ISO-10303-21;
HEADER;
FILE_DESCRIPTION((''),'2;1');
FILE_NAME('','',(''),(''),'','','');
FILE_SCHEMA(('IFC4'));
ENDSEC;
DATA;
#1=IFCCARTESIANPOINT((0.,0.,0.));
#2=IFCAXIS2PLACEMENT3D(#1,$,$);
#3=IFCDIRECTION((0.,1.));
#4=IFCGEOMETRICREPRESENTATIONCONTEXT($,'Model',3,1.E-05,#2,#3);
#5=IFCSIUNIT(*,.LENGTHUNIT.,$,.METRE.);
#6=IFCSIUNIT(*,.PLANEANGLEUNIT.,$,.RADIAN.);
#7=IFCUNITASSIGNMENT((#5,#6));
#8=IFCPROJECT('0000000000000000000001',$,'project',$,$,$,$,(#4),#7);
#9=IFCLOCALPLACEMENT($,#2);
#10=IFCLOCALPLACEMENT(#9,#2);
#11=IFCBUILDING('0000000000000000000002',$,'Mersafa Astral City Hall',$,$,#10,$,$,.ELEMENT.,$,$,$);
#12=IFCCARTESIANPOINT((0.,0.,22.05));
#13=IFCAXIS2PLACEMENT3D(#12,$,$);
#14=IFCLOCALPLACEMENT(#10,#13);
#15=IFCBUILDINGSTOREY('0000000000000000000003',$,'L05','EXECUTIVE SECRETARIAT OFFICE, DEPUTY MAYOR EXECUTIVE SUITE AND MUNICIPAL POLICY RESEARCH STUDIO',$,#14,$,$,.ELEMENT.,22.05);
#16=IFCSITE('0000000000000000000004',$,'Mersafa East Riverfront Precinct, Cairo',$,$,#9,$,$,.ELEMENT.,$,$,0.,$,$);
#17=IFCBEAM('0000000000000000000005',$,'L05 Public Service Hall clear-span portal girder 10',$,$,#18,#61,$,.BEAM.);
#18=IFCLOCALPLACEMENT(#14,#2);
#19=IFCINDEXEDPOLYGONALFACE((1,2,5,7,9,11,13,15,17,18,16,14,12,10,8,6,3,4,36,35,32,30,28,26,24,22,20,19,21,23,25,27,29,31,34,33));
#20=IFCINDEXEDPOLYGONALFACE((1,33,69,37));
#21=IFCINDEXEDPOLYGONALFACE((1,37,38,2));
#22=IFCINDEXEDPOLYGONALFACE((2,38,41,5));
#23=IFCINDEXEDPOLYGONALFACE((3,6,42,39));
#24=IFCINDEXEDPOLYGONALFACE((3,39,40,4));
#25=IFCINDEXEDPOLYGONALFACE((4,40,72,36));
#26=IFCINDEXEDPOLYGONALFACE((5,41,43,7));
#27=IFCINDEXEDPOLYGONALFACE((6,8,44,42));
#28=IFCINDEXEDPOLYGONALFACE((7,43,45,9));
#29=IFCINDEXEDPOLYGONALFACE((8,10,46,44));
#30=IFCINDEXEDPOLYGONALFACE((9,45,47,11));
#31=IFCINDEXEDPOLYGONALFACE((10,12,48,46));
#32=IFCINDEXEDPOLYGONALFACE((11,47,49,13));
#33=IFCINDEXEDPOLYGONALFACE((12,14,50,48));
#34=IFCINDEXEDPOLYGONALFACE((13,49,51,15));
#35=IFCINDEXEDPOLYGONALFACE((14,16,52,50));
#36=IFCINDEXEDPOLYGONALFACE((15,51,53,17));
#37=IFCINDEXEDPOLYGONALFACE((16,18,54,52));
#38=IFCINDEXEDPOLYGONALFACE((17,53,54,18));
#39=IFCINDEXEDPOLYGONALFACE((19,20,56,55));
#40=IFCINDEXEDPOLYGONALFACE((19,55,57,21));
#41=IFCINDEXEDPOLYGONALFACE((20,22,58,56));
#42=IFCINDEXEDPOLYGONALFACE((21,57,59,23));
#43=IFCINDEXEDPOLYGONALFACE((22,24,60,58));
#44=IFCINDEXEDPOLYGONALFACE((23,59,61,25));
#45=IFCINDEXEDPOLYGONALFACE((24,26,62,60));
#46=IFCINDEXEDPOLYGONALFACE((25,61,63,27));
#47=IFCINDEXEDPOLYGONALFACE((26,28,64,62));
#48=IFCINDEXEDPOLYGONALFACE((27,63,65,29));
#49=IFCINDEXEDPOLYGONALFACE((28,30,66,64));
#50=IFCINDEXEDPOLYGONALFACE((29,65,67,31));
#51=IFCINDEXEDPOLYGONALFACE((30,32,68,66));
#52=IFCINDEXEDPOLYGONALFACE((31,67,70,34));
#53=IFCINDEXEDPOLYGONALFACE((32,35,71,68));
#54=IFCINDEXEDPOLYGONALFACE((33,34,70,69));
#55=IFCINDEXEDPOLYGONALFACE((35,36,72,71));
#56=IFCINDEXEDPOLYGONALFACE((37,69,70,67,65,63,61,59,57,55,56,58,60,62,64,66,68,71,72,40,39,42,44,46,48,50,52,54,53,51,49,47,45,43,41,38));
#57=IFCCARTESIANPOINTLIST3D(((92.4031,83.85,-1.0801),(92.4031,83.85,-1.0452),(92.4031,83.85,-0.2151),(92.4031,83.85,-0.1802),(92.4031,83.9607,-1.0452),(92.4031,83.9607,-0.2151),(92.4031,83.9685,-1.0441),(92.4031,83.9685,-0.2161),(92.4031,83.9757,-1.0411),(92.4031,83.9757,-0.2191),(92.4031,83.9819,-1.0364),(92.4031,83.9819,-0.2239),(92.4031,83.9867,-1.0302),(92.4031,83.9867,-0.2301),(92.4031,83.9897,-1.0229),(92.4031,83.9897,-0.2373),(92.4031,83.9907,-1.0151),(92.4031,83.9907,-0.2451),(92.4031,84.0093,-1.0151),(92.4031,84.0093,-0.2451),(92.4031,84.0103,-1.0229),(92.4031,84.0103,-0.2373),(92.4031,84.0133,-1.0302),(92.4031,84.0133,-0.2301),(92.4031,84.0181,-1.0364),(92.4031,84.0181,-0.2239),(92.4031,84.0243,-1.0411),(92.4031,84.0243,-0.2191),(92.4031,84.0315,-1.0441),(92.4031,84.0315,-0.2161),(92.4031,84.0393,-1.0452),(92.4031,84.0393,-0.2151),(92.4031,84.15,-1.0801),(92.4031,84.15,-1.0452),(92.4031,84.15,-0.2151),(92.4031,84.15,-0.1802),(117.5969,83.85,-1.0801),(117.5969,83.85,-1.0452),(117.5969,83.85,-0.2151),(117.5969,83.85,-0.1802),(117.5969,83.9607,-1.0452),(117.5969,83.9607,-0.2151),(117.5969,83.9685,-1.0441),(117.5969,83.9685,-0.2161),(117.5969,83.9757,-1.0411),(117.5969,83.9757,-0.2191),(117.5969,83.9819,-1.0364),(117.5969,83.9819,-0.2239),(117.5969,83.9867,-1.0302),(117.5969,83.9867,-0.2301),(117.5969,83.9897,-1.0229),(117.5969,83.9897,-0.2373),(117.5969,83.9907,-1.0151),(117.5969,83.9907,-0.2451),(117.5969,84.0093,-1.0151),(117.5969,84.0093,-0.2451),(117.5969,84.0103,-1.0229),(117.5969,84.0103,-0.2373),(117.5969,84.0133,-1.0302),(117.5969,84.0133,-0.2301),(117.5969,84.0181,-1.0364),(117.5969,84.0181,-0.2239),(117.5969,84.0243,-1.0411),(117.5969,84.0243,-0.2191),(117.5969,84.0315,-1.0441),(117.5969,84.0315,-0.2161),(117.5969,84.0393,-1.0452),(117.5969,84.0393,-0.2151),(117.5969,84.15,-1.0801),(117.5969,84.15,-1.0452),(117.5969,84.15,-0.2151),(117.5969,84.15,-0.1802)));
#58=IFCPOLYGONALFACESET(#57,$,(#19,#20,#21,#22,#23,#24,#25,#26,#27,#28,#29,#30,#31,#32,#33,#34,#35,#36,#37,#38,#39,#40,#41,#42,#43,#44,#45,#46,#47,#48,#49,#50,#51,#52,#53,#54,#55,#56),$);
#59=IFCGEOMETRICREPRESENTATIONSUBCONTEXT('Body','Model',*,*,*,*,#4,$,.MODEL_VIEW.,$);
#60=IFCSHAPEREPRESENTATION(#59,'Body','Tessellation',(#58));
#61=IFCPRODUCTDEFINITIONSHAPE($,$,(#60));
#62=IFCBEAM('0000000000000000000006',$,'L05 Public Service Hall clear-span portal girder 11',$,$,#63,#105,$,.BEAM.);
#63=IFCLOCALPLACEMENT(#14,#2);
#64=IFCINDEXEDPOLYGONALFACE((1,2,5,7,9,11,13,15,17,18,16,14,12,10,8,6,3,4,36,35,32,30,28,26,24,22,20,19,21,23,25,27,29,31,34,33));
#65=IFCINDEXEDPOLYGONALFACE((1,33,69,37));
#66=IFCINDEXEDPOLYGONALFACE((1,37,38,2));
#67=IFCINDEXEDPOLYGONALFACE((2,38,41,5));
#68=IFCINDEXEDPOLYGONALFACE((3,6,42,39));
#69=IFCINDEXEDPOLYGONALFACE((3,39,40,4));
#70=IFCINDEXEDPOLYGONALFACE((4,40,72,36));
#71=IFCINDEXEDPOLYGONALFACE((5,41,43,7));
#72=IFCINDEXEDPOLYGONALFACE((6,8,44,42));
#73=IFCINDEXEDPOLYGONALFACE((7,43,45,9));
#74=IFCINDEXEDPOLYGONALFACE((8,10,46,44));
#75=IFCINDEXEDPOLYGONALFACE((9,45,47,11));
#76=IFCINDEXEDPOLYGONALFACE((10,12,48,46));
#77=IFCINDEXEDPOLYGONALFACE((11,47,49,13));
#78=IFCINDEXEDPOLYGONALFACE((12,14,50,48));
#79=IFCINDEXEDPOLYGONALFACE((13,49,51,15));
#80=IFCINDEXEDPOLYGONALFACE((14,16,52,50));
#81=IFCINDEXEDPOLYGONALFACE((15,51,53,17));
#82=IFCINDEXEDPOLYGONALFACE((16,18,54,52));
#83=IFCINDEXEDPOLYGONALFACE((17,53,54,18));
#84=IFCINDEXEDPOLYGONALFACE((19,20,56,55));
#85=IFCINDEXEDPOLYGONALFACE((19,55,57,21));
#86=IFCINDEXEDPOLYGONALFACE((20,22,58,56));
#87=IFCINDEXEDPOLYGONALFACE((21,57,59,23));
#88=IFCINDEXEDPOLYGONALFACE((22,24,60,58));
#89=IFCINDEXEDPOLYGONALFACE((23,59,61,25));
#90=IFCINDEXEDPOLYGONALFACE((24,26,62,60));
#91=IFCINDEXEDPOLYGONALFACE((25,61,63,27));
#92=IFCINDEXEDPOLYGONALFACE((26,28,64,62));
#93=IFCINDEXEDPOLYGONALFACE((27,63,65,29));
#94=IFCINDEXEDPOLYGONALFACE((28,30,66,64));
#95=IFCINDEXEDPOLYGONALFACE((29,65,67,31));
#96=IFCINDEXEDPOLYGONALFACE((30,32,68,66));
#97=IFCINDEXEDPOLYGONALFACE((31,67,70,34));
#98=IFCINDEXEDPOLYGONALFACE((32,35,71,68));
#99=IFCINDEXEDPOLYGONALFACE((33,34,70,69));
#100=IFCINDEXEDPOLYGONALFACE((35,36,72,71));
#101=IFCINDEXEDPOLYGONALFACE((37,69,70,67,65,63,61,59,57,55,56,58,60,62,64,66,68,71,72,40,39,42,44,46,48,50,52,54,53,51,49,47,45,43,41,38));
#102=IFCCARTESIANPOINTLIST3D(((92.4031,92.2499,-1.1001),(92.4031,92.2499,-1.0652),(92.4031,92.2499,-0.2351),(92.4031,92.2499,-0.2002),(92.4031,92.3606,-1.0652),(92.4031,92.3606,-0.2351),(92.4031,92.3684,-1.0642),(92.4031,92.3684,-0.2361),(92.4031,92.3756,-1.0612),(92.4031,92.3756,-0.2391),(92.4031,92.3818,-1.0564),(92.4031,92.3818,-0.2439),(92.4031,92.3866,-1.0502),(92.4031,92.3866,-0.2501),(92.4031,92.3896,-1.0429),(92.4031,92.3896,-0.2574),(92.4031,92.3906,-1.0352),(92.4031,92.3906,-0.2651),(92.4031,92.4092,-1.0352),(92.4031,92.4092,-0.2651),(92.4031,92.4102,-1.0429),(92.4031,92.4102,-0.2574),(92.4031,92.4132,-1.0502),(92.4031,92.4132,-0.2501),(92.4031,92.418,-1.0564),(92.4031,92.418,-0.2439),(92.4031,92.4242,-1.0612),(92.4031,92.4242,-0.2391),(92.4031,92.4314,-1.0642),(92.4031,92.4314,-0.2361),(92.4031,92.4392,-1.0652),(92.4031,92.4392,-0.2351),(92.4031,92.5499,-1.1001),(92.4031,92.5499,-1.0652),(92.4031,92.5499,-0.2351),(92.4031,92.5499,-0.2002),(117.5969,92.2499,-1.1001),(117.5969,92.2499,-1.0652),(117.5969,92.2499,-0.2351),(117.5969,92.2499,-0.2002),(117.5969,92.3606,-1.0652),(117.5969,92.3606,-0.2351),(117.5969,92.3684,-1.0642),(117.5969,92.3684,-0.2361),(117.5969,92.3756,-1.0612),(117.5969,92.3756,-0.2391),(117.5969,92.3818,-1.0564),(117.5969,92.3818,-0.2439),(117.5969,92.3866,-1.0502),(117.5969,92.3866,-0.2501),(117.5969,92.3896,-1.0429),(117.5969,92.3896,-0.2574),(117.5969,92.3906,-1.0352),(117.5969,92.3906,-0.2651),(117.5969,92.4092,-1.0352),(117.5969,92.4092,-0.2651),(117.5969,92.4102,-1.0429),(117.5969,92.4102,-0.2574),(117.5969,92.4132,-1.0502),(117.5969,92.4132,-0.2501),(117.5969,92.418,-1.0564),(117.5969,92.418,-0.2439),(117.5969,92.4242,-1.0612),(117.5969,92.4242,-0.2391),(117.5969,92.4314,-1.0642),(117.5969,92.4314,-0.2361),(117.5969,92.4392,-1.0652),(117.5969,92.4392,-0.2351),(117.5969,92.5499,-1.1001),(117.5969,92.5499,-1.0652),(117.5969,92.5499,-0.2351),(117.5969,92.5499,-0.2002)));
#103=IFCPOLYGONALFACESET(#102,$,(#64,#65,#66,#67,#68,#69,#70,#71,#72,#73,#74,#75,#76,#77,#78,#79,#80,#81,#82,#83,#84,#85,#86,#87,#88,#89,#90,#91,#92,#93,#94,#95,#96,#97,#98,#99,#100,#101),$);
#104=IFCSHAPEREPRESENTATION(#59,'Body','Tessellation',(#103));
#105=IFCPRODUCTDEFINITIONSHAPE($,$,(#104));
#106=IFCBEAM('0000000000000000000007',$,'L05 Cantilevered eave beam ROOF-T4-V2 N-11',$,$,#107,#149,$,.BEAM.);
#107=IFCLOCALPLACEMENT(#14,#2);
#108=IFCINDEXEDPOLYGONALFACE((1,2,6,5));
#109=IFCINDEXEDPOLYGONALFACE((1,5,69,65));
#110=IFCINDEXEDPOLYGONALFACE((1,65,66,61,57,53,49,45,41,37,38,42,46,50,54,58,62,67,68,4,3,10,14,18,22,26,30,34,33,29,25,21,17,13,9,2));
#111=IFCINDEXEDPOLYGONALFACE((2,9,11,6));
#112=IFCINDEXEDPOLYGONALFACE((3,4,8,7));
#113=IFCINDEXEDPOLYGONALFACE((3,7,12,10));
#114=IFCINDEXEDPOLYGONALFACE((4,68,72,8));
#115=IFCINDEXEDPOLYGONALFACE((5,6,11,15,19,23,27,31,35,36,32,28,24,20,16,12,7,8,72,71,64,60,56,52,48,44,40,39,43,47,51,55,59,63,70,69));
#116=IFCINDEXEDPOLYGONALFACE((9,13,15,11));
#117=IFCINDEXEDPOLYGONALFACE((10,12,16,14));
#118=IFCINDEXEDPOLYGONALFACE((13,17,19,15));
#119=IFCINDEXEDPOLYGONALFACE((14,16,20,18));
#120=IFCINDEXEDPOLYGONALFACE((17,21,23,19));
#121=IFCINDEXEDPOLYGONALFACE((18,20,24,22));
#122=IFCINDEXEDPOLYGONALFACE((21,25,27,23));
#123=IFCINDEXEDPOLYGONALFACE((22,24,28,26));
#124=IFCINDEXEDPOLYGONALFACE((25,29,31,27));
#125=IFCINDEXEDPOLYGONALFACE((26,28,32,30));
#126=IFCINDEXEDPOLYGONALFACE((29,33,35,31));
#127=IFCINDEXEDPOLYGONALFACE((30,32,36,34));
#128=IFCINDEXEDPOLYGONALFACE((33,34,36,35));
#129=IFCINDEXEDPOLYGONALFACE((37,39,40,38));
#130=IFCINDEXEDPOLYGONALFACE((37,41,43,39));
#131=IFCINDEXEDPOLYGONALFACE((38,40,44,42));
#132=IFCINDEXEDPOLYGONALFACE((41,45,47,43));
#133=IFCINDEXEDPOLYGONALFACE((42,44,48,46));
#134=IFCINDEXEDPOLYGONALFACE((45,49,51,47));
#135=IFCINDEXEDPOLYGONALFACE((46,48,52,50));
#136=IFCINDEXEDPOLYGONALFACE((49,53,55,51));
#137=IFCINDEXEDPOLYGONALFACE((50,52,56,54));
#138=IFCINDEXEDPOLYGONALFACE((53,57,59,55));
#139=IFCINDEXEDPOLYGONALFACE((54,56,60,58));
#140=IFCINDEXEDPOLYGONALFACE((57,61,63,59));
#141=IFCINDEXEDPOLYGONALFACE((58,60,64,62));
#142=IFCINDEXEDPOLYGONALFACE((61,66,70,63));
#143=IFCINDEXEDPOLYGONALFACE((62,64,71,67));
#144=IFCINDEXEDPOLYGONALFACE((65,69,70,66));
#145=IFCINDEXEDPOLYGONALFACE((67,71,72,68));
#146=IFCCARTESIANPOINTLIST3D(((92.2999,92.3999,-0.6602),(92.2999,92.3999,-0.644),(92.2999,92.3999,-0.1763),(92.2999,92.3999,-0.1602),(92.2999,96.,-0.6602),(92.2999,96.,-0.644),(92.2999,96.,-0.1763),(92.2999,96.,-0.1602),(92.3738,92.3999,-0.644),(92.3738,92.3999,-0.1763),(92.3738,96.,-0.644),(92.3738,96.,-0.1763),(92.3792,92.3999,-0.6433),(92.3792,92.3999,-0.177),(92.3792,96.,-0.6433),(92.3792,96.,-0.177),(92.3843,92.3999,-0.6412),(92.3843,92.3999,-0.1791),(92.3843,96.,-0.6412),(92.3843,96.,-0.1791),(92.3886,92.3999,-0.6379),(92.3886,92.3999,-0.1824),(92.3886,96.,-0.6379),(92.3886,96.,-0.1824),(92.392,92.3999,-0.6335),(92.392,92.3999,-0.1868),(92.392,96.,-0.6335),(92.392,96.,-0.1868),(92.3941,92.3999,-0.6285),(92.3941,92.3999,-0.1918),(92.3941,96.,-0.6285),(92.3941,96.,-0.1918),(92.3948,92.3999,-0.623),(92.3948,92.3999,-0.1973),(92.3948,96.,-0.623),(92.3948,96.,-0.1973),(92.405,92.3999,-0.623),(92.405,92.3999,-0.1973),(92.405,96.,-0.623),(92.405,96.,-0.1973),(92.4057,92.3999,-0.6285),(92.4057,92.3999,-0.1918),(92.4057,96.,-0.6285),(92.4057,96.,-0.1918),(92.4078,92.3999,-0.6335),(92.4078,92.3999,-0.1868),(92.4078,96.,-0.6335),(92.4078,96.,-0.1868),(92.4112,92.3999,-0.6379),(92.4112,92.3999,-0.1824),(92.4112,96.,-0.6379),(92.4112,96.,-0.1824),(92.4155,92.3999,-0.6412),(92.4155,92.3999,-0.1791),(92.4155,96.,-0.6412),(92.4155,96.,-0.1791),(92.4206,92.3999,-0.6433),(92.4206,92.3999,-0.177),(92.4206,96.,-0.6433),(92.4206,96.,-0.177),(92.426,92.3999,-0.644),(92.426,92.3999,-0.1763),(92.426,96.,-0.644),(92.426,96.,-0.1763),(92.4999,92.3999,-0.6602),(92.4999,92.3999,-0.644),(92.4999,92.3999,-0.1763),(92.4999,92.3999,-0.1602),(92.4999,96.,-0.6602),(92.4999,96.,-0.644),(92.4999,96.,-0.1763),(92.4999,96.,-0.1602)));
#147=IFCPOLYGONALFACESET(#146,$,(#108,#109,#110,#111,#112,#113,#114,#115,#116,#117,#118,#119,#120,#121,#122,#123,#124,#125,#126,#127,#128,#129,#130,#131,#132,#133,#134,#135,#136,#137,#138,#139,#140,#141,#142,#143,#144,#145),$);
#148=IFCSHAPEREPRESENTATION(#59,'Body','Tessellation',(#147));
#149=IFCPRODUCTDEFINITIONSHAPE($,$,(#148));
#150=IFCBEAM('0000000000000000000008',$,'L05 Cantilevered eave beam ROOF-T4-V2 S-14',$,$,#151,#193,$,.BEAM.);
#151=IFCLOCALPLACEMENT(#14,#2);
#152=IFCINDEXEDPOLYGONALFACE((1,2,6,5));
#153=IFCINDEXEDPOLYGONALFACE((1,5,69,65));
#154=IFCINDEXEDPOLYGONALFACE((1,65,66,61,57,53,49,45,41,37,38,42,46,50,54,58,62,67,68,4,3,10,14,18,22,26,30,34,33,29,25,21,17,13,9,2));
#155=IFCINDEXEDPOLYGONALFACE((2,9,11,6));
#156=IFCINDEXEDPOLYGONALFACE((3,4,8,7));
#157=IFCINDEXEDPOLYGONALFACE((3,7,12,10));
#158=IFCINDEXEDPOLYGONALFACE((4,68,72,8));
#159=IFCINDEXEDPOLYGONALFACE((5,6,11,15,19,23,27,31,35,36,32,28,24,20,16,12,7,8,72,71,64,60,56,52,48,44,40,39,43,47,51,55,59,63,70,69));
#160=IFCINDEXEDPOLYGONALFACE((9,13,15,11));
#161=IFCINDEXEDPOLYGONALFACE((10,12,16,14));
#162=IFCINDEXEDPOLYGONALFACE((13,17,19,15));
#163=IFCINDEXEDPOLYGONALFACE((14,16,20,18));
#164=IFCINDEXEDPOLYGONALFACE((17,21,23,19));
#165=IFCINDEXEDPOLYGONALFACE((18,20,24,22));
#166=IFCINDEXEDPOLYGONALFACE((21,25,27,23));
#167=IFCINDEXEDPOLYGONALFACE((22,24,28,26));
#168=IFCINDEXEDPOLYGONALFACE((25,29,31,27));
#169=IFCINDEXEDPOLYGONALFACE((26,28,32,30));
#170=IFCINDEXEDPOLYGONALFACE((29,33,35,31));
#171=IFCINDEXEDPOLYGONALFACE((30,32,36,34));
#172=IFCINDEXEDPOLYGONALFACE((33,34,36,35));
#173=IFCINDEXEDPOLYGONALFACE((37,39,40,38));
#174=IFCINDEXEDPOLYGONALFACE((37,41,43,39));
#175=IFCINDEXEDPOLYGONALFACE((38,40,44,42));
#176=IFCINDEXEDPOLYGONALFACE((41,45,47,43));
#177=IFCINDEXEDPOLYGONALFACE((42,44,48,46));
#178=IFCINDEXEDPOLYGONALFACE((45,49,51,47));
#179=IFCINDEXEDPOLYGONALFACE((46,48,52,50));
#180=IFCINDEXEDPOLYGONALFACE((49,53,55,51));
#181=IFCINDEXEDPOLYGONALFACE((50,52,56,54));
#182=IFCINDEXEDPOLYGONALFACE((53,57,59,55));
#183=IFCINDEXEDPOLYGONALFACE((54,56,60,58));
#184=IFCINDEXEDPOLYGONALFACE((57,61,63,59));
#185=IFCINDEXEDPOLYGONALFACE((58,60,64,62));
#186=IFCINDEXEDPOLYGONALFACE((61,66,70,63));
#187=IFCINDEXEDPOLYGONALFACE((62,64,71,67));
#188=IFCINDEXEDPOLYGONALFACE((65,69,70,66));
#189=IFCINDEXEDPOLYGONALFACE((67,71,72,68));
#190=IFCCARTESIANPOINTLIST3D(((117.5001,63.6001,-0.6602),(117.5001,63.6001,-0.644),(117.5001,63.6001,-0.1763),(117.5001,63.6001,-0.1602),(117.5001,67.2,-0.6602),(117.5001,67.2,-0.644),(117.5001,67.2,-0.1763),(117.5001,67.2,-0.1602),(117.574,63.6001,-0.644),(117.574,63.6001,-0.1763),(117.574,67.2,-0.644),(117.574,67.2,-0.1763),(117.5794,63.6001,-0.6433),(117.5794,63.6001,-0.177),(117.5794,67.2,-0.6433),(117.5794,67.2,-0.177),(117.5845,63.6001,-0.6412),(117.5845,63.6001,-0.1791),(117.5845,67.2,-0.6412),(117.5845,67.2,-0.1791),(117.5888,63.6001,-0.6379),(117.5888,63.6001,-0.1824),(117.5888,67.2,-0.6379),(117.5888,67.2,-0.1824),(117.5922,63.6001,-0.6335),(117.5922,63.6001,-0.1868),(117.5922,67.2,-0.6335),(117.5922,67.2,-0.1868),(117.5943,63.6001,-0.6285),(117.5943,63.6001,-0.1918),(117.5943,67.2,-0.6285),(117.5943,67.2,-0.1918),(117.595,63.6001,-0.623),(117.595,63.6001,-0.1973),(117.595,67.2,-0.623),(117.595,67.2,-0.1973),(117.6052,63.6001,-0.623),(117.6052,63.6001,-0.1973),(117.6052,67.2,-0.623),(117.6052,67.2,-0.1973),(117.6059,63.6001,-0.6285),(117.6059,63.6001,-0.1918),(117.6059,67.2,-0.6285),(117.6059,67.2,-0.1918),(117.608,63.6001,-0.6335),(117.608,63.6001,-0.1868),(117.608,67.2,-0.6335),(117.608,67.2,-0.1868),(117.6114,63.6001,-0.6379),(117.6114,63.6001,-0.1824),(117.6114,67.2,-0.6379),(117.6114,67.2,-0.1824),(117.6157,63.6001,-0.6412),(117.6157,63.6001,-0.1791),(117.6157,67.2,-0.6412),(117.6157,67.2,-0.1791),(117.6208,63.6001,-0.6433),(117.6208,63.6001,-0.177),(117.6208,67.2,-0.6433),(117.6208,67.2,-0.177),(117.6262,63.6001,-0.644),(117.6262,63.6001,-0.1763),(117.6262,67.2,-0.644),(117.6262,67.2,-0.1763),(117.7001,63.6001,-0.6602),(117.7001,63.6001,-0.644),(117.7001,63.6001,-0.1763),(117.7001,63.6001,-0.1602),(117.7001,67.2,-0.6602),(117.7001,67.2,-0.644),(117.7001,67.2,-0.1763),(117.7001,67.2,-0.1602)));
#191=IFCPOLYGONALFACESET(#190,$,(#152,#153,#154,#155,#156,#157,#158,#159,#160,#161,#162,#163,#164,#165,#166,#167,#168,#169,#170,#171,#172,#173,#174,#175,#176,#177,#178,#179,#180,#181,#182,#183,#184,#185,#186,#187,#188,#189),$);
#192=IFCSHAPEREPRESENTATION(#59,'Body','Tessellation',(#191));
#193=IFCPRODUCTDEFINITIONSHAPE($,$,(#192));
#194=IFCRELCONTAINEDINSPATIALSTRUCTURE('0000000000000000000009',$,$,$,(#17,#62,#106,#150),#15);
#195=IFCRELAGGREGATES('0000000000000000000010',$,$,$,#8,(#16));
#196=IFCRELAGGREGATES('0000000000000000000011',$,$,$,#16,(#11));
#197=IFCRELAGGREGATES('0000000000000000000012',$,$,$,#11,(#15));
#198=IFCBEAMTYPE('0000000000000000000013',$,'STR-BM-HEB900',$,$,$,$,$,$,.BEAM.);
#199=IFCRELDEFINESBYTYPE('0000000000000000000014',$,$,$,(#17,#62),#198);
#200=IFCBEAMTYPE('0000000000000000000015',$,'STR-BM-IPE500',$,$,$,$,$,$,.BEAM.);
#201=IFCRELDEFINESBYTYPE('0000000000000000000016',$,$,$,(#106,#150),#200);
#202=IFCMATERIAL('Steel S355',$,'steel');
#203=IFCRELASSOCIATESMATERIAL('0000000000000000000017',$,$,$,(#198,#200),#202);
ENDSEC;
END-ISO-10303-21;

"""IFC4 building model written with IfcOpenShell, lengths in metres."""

from ifc_helpers import new_model, si_unit, direction, frame, origin, origin_2d, place, context, subcontext, project, spatial, i_section, extrude, material, material_profile, profile_set, type_object, element, save


model = new_model("IFC4")

# Units and contexts
model_context = context("Model", 3, precision=1e-05, world=origin(), true_north=direction((0.0, 1.0)))
body_context = subcontext(model_context, "Body", "Model", "MODEL_VIEW")
ifc_project = project(units=[si_unit("LENGTHUNIT", "METRE"), si_unit("PLANEANGLEUNIT", "RADIAN")], contexts=[model_context])

# Site, building, storey
site_placement = place(None, origin())
site = spatial("IfcSite", under=ifc_project, at=site_placement, Name="Mersafa East Riverfront Precinct, Cairo", CompositionType="ELEMENT", RefElevation=0.0)
building_placement = place(site_placement, origin())
building = spatial("IfcBuilding", under=site, at=building_placement, Name="Mersafa Astral City Hall", CompositionType="ELEMENT")
storey_placement = place(building_placement, frame((0.0, 0.0, 22.05)))
storey = spatial("IfcBuildingStorey", under=building, at=storey_placement, Name="L05", Description="EXECUTIVE SECRETARIAT OFFICE, DEPUTY MAYOR EXECUTIVE SUITE AND MUNICIPAL POLICY RESEARCH STUDIO", CompositionType="ELEMENT", Elevation=22.05)

# Beams
ifc_material_1 = material(Name="Steel S355", Category="steel")
ifc_material_profile_1 = material_profile(ifc_material_1, i_section(OverallWidth=0.3, OverallDepth=0.8999, WebThickness=0.0186, FlangeThickness=0.0349, FilletRadius=0.03, at=origin_2d()), Name="HEB 900")
ifc_profile_set_1 = profile_set([ifc_material_profile_1], Name="Steel S355")
beam_type_1 = type_object("IfcBeamType", Name="STR-BM-HEB900", PredefinedType="BEAM", material=ifc_profile_set_1)
for number, where, z_axis, x_axis, name in (
    (1, (92.4031, 84.0, -0.6301), (1.0, 0.0, 0.0), (0.0, 1.0, 0.0), "L05 Public Service Hall clear-span portal girder 10"),
    (2, (92.4031, 92.3999, -0.6501), (1.0, 0.0, 0.0), (0.0, 1.0, 0.0), "L05 Public Service Hall clear-span portal girder 11"),
):
    element("IfcBeam", number, at=place(storey_placement, frame(where, z_axis=z_axis, x_axis=x_axis)), inside=storey, type_object=beam_type_1, Name=name, PredefinedType="BEAM", context=body_context, shape_type="SweptSolid", body=[
        extrude(i_section(OverallWidth=0.3, OverallDepth=0.8999, WebThickness=0.0186, FlangeThickness=0.0349, FilletRadius=0.03, at=origin_2d()), origin(), (0.0, 0.0, 1.0), 25.1938),
    ])
ifc_material_profile_2 = material_profile(ifc_material_1, i_section(OverallWidth=0.2, OverallDepth=0.5, WebThickness=0.0103, FlangeThickness=0.0161, FilletRadius=0.021, at=origin_2d()), Name="IPE 500")
ifc_profile_set_2 = profile_set([ifc_material_profile_2], Name="Steel S355")
beam_type_2 = type_object("IfcBeamType", Name="STR-BM-IPE500", PredefinedType="BEAM", material=ifc_profile_set_2)
beam_1_placement = place(storey_placement, frame((92.3999, 92.3999, -0.4102), z_axis=(0.0, 1.0, 0.0), x_axis=(-1.0, 0.0, 0.0)))
element("IfcBeam", 3, at=beam_1_placement, inside=storey, type_object=beam_type_2, Name="L05 Cantilevered eave beam ROOF-T4-V2 N-11", PredefinedType="BEAM", context=body_context, shape_type="SweptSolid", body=[
    extrude(i_section(OverallWidth=0.2, OverallDepth=0.5, WebThickness=0.0103, FlangeThickness=0.0161, FilletRadius=0.021, at=origin_2d()), origin(), (0.0, 0.0, 1.0), 3.6001),
])
beam_2_placement = place(storey_placement, frame((117.6001, 67.2, -0.4102), z_axis=(0.0, -1.0, 0.0), x_axis=(1.0, 0.0, 0.0)))
element("IfcBeam", 4, at=beam_2_placement, inside=storey, type_object=beam_type_2, Name="L05 Cantilevered eave beam ROOF-T4-V2 S-14", PredefinedType="BEAM", context=body_context, shape_type="SweptSolid", body=[
    extrude(i_section(OverallWidth=0.2, OverallDepth=0.5, WebThickness=0.0103, FlangeThickness=0.0161, FilletRadius=0.021, at=origin_2d()), origin(), (0.0, 0.0, 1.0), 3.5999),
])

save(model, "model.ifc")
